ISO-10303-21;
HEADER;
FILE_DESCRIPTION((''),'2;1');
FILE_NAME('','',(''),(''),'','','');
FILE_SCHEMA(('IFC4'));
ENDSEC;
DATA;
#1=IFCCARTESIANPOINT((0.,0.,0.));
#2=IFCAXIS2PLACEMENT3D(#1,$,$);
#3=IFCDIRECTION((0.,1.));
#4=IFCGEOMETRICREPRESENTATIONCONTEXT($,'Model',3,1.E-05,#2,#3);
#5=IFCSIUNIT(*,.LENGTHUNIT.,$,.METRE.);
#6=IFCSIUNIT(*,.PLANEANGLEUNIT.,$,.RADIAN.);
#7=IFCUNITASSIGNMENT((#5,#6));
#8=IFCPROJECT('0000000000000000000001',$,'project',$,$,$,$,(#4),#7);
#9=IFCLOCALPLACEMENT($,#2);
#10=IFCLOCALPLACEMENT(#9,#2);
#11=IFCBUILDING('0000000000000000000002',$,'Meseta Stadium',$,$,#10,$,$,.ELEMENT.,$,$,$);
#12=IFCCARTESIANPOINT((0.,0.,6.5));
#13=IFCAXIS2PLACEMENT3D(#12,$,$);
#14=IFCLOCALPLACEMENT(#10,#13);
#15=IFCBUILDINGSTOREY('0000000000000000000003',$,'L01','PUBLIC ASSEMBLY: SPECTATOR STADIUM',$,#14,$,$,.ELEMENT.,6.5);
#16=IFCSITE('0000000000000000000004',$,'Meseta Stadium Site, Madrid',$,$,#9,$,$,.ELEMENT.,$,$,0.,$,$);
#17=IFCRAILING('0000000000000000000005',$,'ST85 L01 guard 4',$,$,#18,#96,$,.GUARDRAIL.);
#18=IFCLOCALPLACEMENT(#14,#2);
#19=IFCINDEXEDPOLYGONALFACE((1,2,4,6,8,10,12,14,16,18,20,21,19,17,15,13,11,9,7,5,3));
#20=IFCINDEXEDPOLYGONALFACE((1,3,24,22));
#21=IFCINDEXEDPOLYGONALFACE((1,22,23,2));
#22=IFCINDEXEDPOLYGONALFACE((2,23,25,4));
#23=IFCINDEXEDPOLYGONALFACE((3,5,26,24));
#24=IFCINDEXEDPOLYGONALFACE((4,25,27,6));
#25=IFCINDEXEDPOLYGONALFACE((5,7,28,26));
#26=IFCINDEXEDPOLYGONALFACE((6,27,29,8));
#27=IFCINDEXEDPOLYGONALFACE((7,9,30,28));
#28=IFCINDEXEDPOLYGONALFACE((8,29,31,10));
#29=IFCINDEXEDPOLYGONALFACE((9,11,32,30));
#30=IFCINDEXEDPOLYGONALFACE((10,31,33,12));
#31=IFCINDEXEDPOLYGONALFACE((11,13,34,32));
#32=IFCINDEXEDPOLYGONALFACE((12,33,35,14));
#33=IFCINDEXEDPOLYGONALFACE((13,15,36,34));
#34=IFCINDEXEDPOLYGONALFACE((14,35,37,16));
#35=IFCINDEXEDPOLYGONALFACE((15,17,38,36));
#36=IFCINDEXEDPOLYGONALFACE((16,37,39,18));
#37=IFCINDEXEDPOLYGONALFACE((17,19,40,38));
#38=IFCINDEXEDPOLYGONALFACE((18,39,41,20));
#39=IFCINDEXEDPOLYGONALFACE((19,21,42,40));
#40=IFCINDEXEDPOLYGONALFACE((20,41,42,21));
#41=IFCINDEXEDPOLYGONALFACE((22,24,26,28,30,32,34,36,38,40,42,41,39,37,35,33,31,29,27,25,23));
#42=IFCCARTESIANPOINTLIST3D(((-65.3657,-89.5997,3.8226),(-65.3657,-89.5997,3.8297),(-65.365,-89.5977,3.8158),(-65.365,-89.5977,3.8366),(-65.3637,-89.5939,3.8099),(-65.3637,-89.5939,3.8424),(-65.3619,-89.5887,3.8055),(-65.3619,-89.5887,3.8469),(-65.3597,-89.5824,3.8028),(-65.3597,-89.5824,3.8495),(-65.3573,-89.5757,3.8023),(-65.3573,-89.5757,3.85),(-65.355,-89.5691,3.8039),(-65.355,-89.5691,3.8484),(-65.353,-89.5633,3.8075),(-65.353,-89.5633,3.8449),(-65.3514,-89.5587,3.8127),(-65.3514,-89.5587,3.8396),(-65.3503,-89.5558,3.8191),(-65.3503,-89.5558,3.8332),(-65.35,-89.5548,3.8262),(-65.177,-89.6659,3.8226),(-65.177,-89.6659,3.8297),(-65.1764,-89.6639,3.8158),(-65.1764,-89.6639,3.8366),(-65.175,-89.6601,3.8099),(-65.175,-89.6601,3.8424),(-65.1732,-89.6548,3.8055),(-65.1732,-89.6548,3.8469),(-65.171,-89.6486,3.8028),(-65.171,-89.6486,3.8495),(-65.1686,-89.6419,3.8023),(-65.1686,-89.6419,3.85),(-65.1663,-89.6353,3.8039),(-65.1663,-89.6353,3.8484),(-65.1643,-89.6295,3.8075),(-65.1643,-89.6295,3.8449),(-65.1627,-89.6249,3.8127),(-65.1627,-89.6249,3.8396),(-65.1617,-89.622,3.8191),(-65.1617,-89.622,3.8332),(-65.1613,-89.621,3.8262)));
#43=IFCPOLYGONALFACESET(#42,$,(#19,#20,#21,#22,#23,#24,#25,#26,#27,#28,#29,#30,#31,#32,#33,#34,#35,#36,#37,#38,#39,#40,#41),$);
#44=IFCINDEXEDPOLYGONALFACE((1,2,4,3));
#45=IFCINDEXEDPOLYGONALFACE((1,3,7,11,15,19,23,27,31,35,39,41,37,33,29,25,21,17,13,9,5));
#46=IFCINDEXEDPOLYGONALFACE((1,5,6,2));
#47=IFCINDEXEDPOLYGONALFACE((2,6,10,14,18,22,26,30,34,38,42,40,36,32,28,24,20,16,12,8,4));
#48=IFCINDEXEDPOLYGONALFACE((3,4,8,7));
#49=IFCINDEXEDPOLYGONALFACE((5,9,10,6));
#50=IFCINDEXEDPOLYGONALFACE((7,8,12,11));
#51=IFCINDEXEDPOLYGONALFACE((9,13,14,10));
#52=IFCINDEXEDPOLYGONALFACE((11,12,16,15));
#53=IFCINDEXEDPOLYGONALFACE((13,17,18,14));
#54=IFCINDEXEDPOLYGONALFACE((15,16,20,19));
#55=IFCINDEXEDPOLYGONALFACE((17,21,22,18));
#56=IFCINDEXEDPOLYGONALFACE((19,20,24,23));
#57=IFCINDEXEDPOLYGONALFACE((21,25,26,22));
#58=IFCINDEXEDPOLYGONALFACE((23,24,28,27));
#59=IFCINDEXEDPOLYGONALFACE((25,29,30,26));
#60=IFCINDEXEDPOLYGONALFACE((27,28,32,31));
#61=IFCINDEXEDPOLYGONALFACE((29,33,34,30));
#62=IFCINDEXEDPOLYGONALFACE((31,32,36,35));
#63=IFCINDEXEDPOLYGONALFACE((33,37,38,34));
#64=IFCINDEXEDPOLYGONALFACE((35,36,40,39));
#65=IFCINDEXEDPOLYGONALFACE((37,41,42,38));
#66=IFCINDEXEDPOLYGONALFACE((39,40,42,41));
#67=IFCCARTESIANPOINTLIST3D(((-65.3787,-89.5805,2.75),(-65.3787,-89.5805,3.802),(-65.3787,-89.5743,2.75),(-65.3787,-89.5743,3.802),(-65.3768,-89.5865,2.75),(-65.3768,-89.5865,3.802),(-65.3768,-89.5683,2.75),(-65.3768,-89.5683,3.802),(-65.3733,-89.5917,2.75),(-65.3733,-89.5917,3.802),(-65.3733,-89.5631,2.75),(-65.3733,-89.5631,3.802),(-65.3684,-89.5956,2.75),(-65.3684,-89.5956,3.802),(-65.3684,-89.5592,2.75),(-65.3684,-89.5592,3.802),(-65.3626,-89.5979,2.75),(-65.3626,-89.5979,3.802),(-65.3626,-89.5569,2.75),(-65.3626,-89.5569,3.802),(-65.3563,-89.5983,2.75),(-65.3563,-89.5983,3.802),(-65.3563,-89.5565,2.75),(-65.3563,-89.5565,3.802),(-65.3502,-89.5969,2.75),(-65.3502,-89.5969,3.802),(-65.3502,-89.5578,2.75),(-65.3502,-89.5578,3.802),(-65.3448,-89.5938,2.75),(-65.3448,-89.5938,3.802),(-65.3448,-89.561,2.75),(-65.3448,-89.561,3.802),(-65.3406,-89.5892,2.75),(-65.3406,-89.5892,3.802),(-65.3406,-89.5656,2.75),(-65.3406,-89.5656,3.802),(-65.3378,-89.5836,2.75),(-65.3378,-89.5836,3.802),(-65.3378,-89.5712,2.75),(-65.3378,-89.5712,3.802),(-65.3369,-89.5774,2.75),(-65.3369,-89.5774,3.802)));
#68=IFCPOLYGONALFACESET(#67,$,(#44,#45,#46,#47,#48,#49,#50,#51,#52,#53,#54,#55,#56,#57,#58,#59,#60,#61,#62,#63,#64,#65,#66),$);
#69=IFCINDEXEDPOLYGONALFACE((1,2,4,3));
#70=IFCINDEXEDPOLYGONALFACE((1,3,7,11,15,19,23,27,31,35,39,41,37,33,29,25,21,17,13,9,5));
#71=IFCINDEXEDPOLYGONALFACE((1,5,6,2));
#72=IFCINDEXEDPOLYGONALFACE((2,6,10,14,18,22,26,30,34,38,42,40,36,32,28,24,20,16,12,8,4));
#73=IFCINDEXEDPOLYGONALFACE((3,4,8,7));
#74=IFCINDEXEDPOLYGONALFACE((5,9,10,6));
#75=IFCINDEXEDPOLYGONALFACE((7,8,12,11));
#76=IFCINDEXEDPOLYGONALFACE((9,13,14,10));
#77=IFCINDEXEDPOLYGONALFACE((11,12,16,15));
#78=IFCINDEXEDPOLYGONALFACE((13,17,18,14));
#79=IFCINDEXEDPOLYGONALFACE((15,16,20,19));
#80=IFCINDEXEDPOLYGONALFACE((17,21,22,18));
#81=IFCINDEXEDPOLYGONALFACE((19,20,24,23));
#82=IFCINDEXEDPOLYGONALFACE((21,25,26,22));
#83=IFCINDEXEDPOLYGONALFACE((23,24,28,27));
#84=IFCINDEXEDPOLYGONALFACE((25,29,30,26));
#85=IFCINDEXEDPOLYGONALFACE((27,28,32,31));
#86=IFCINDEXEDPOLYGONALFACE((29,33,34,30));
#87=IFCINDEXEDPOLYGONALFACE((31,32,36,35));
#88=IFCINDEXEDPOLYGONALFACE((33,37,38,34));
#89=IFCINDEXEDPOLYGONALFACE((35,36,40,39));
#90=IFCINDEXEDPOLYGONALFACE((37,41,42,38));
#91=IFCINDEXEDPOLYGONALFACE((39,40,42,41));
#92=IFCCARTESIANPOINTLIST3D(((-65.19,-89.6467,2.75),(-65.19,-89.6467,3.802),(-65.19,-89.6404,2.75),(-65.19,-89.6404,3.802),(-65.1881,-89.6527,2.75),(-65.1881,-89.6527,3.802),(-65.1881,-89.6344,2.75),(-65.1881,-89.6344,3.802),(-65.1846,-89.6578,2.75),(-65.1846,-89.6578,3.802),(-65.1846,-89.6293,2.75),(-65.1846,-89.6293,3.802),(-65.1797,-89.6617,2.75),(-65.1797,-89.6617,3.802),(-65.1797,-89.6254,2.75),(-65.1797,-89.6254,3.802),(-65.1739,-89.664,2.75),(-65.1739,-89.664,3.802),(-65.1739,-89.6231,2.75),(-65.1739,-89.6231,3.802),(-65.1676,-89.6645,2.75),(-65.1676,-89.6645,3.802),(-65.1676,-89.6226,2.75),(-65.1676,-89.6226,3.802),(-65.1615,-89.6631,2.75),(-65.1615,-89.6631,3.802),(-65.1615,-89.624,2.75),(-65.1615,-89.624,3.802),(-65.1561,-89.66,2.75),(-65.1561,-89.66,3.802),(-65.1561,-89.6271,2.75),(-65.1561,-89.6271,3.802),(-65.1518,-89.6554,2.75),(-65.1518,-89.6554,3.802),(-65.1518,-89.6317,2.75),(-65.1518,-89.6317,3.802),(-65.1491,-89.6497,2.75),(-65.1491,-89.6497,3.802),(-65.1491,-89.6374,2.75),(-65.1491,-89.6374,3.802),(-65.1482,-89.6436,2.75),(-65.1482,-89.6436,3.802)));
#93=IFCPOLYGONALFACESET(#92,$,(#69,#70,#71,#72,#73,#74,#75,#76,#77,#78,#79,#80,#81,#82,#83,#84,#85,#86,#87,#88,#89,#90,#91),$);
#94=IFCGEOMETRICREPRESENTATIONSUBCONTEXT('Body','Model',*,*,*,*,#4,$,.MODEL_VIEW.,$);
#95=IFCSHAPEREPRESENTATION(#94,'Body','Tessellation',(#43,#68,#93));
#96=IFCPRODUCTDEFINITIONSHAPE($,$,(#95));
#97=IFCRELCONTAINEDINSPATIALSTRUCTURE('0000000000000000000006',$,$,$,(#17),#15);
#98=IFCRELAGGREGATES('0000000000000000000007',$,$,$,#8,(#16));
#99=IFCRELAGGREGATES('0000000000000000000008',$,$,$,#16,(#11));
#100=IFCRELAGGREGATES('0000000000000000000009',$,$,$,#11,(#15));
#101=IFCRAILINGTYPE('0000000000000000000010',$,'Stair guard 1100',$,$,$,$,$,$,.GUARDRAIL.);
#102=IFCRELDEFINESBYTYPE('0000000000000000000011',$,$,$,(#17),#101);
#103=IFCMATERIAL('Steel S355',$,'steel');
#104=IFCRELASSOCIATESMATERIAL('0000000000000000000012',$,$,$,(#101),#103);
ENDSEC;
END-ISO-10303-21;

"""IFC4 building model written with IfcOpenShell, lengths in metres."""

from ifc_helpers import new_model, si_unit, direction, frame, origin, origin_2d, place, context, subcontext, project, spatial, circle, extrude, material, type_object, element, save


model = new_model("IFC4")

# Units and contexts
model_context = context("Model", 3, precision=1e-05, world=origin(), true_north=direction((0.0, 1.0)))
body_context = subcontext(model_context, "Body", "Model", "MODEL_VIEW")
ifc_project = project(units=[si_unit("LENGTHUNIT", "METRE"), si_unit("PLANEANGLEUNIT", "RADIAN")], contexts=[model_context])

# Site, building, storey
site_placement = place(None, origin())
site = spatial("IfcSite", under=ifc_project, at=site_placement, Name="Meseta Stadium Site, Madrid", CompositionType="ELEMENT", RefElevation=0.0)
building_placement = place(site_placement, origin())
building = spatial("IfcBuilding", under=site, at=building_placement, Name="Meseta Stadium", CompositionType="ELEMENT")
storey_placement = place(building_placement, frame((0.0, 0.0, 6.5)))
storey = spatial("IfcBuildingStorey", under=building, at=storey_placement, Name="L01", Description="PUBLIC ASSEMBLY: SPECTATOR STADIUM", CompositionType="ELEMENT", Elevation=6.5)

# Railing
ifc_material_1 = material(Name="Steel S355", Category="steel")
railing_type_1 = type_object("IfcRailingType", Name="Stair guard 1100", PredefinedType="GUARDRAIL", material=ifc_material_1)
railing_1_placement = place(storey_placement, frame((-65.3579, -89.5774, 2.75)))
element("IfcRailing", 1, at=railing_1_placement, inside=storey, type_object=railing_type_1, Name="ST85 L01 guard 4", PredefinedType="GUARDRAIL", context=body_context, shape_type="SweptSolid", body=[
    extrude(circle(Radius=0.0239, at=origin_2d()), frame((0.0, 0.0, 1.0762), z_axis=(0.943687, -0.33084, 0.0), x_axis=(0.33084, 0.943687, 0.0)), (0.0, 0.0, 1.0), 0.2),
    extrude(circle(Radius=0.021, at=origin_2d()), origin(), (0.0, 0.0, 1.0), 1.052),
    extrude(circle(Radius=0.021, at=origin_2d()), frame((0.1887, -0.0662, 0.0)), (0.0, 0.0, 1.0), 1.052),
])

save(model, "model.ifc")
